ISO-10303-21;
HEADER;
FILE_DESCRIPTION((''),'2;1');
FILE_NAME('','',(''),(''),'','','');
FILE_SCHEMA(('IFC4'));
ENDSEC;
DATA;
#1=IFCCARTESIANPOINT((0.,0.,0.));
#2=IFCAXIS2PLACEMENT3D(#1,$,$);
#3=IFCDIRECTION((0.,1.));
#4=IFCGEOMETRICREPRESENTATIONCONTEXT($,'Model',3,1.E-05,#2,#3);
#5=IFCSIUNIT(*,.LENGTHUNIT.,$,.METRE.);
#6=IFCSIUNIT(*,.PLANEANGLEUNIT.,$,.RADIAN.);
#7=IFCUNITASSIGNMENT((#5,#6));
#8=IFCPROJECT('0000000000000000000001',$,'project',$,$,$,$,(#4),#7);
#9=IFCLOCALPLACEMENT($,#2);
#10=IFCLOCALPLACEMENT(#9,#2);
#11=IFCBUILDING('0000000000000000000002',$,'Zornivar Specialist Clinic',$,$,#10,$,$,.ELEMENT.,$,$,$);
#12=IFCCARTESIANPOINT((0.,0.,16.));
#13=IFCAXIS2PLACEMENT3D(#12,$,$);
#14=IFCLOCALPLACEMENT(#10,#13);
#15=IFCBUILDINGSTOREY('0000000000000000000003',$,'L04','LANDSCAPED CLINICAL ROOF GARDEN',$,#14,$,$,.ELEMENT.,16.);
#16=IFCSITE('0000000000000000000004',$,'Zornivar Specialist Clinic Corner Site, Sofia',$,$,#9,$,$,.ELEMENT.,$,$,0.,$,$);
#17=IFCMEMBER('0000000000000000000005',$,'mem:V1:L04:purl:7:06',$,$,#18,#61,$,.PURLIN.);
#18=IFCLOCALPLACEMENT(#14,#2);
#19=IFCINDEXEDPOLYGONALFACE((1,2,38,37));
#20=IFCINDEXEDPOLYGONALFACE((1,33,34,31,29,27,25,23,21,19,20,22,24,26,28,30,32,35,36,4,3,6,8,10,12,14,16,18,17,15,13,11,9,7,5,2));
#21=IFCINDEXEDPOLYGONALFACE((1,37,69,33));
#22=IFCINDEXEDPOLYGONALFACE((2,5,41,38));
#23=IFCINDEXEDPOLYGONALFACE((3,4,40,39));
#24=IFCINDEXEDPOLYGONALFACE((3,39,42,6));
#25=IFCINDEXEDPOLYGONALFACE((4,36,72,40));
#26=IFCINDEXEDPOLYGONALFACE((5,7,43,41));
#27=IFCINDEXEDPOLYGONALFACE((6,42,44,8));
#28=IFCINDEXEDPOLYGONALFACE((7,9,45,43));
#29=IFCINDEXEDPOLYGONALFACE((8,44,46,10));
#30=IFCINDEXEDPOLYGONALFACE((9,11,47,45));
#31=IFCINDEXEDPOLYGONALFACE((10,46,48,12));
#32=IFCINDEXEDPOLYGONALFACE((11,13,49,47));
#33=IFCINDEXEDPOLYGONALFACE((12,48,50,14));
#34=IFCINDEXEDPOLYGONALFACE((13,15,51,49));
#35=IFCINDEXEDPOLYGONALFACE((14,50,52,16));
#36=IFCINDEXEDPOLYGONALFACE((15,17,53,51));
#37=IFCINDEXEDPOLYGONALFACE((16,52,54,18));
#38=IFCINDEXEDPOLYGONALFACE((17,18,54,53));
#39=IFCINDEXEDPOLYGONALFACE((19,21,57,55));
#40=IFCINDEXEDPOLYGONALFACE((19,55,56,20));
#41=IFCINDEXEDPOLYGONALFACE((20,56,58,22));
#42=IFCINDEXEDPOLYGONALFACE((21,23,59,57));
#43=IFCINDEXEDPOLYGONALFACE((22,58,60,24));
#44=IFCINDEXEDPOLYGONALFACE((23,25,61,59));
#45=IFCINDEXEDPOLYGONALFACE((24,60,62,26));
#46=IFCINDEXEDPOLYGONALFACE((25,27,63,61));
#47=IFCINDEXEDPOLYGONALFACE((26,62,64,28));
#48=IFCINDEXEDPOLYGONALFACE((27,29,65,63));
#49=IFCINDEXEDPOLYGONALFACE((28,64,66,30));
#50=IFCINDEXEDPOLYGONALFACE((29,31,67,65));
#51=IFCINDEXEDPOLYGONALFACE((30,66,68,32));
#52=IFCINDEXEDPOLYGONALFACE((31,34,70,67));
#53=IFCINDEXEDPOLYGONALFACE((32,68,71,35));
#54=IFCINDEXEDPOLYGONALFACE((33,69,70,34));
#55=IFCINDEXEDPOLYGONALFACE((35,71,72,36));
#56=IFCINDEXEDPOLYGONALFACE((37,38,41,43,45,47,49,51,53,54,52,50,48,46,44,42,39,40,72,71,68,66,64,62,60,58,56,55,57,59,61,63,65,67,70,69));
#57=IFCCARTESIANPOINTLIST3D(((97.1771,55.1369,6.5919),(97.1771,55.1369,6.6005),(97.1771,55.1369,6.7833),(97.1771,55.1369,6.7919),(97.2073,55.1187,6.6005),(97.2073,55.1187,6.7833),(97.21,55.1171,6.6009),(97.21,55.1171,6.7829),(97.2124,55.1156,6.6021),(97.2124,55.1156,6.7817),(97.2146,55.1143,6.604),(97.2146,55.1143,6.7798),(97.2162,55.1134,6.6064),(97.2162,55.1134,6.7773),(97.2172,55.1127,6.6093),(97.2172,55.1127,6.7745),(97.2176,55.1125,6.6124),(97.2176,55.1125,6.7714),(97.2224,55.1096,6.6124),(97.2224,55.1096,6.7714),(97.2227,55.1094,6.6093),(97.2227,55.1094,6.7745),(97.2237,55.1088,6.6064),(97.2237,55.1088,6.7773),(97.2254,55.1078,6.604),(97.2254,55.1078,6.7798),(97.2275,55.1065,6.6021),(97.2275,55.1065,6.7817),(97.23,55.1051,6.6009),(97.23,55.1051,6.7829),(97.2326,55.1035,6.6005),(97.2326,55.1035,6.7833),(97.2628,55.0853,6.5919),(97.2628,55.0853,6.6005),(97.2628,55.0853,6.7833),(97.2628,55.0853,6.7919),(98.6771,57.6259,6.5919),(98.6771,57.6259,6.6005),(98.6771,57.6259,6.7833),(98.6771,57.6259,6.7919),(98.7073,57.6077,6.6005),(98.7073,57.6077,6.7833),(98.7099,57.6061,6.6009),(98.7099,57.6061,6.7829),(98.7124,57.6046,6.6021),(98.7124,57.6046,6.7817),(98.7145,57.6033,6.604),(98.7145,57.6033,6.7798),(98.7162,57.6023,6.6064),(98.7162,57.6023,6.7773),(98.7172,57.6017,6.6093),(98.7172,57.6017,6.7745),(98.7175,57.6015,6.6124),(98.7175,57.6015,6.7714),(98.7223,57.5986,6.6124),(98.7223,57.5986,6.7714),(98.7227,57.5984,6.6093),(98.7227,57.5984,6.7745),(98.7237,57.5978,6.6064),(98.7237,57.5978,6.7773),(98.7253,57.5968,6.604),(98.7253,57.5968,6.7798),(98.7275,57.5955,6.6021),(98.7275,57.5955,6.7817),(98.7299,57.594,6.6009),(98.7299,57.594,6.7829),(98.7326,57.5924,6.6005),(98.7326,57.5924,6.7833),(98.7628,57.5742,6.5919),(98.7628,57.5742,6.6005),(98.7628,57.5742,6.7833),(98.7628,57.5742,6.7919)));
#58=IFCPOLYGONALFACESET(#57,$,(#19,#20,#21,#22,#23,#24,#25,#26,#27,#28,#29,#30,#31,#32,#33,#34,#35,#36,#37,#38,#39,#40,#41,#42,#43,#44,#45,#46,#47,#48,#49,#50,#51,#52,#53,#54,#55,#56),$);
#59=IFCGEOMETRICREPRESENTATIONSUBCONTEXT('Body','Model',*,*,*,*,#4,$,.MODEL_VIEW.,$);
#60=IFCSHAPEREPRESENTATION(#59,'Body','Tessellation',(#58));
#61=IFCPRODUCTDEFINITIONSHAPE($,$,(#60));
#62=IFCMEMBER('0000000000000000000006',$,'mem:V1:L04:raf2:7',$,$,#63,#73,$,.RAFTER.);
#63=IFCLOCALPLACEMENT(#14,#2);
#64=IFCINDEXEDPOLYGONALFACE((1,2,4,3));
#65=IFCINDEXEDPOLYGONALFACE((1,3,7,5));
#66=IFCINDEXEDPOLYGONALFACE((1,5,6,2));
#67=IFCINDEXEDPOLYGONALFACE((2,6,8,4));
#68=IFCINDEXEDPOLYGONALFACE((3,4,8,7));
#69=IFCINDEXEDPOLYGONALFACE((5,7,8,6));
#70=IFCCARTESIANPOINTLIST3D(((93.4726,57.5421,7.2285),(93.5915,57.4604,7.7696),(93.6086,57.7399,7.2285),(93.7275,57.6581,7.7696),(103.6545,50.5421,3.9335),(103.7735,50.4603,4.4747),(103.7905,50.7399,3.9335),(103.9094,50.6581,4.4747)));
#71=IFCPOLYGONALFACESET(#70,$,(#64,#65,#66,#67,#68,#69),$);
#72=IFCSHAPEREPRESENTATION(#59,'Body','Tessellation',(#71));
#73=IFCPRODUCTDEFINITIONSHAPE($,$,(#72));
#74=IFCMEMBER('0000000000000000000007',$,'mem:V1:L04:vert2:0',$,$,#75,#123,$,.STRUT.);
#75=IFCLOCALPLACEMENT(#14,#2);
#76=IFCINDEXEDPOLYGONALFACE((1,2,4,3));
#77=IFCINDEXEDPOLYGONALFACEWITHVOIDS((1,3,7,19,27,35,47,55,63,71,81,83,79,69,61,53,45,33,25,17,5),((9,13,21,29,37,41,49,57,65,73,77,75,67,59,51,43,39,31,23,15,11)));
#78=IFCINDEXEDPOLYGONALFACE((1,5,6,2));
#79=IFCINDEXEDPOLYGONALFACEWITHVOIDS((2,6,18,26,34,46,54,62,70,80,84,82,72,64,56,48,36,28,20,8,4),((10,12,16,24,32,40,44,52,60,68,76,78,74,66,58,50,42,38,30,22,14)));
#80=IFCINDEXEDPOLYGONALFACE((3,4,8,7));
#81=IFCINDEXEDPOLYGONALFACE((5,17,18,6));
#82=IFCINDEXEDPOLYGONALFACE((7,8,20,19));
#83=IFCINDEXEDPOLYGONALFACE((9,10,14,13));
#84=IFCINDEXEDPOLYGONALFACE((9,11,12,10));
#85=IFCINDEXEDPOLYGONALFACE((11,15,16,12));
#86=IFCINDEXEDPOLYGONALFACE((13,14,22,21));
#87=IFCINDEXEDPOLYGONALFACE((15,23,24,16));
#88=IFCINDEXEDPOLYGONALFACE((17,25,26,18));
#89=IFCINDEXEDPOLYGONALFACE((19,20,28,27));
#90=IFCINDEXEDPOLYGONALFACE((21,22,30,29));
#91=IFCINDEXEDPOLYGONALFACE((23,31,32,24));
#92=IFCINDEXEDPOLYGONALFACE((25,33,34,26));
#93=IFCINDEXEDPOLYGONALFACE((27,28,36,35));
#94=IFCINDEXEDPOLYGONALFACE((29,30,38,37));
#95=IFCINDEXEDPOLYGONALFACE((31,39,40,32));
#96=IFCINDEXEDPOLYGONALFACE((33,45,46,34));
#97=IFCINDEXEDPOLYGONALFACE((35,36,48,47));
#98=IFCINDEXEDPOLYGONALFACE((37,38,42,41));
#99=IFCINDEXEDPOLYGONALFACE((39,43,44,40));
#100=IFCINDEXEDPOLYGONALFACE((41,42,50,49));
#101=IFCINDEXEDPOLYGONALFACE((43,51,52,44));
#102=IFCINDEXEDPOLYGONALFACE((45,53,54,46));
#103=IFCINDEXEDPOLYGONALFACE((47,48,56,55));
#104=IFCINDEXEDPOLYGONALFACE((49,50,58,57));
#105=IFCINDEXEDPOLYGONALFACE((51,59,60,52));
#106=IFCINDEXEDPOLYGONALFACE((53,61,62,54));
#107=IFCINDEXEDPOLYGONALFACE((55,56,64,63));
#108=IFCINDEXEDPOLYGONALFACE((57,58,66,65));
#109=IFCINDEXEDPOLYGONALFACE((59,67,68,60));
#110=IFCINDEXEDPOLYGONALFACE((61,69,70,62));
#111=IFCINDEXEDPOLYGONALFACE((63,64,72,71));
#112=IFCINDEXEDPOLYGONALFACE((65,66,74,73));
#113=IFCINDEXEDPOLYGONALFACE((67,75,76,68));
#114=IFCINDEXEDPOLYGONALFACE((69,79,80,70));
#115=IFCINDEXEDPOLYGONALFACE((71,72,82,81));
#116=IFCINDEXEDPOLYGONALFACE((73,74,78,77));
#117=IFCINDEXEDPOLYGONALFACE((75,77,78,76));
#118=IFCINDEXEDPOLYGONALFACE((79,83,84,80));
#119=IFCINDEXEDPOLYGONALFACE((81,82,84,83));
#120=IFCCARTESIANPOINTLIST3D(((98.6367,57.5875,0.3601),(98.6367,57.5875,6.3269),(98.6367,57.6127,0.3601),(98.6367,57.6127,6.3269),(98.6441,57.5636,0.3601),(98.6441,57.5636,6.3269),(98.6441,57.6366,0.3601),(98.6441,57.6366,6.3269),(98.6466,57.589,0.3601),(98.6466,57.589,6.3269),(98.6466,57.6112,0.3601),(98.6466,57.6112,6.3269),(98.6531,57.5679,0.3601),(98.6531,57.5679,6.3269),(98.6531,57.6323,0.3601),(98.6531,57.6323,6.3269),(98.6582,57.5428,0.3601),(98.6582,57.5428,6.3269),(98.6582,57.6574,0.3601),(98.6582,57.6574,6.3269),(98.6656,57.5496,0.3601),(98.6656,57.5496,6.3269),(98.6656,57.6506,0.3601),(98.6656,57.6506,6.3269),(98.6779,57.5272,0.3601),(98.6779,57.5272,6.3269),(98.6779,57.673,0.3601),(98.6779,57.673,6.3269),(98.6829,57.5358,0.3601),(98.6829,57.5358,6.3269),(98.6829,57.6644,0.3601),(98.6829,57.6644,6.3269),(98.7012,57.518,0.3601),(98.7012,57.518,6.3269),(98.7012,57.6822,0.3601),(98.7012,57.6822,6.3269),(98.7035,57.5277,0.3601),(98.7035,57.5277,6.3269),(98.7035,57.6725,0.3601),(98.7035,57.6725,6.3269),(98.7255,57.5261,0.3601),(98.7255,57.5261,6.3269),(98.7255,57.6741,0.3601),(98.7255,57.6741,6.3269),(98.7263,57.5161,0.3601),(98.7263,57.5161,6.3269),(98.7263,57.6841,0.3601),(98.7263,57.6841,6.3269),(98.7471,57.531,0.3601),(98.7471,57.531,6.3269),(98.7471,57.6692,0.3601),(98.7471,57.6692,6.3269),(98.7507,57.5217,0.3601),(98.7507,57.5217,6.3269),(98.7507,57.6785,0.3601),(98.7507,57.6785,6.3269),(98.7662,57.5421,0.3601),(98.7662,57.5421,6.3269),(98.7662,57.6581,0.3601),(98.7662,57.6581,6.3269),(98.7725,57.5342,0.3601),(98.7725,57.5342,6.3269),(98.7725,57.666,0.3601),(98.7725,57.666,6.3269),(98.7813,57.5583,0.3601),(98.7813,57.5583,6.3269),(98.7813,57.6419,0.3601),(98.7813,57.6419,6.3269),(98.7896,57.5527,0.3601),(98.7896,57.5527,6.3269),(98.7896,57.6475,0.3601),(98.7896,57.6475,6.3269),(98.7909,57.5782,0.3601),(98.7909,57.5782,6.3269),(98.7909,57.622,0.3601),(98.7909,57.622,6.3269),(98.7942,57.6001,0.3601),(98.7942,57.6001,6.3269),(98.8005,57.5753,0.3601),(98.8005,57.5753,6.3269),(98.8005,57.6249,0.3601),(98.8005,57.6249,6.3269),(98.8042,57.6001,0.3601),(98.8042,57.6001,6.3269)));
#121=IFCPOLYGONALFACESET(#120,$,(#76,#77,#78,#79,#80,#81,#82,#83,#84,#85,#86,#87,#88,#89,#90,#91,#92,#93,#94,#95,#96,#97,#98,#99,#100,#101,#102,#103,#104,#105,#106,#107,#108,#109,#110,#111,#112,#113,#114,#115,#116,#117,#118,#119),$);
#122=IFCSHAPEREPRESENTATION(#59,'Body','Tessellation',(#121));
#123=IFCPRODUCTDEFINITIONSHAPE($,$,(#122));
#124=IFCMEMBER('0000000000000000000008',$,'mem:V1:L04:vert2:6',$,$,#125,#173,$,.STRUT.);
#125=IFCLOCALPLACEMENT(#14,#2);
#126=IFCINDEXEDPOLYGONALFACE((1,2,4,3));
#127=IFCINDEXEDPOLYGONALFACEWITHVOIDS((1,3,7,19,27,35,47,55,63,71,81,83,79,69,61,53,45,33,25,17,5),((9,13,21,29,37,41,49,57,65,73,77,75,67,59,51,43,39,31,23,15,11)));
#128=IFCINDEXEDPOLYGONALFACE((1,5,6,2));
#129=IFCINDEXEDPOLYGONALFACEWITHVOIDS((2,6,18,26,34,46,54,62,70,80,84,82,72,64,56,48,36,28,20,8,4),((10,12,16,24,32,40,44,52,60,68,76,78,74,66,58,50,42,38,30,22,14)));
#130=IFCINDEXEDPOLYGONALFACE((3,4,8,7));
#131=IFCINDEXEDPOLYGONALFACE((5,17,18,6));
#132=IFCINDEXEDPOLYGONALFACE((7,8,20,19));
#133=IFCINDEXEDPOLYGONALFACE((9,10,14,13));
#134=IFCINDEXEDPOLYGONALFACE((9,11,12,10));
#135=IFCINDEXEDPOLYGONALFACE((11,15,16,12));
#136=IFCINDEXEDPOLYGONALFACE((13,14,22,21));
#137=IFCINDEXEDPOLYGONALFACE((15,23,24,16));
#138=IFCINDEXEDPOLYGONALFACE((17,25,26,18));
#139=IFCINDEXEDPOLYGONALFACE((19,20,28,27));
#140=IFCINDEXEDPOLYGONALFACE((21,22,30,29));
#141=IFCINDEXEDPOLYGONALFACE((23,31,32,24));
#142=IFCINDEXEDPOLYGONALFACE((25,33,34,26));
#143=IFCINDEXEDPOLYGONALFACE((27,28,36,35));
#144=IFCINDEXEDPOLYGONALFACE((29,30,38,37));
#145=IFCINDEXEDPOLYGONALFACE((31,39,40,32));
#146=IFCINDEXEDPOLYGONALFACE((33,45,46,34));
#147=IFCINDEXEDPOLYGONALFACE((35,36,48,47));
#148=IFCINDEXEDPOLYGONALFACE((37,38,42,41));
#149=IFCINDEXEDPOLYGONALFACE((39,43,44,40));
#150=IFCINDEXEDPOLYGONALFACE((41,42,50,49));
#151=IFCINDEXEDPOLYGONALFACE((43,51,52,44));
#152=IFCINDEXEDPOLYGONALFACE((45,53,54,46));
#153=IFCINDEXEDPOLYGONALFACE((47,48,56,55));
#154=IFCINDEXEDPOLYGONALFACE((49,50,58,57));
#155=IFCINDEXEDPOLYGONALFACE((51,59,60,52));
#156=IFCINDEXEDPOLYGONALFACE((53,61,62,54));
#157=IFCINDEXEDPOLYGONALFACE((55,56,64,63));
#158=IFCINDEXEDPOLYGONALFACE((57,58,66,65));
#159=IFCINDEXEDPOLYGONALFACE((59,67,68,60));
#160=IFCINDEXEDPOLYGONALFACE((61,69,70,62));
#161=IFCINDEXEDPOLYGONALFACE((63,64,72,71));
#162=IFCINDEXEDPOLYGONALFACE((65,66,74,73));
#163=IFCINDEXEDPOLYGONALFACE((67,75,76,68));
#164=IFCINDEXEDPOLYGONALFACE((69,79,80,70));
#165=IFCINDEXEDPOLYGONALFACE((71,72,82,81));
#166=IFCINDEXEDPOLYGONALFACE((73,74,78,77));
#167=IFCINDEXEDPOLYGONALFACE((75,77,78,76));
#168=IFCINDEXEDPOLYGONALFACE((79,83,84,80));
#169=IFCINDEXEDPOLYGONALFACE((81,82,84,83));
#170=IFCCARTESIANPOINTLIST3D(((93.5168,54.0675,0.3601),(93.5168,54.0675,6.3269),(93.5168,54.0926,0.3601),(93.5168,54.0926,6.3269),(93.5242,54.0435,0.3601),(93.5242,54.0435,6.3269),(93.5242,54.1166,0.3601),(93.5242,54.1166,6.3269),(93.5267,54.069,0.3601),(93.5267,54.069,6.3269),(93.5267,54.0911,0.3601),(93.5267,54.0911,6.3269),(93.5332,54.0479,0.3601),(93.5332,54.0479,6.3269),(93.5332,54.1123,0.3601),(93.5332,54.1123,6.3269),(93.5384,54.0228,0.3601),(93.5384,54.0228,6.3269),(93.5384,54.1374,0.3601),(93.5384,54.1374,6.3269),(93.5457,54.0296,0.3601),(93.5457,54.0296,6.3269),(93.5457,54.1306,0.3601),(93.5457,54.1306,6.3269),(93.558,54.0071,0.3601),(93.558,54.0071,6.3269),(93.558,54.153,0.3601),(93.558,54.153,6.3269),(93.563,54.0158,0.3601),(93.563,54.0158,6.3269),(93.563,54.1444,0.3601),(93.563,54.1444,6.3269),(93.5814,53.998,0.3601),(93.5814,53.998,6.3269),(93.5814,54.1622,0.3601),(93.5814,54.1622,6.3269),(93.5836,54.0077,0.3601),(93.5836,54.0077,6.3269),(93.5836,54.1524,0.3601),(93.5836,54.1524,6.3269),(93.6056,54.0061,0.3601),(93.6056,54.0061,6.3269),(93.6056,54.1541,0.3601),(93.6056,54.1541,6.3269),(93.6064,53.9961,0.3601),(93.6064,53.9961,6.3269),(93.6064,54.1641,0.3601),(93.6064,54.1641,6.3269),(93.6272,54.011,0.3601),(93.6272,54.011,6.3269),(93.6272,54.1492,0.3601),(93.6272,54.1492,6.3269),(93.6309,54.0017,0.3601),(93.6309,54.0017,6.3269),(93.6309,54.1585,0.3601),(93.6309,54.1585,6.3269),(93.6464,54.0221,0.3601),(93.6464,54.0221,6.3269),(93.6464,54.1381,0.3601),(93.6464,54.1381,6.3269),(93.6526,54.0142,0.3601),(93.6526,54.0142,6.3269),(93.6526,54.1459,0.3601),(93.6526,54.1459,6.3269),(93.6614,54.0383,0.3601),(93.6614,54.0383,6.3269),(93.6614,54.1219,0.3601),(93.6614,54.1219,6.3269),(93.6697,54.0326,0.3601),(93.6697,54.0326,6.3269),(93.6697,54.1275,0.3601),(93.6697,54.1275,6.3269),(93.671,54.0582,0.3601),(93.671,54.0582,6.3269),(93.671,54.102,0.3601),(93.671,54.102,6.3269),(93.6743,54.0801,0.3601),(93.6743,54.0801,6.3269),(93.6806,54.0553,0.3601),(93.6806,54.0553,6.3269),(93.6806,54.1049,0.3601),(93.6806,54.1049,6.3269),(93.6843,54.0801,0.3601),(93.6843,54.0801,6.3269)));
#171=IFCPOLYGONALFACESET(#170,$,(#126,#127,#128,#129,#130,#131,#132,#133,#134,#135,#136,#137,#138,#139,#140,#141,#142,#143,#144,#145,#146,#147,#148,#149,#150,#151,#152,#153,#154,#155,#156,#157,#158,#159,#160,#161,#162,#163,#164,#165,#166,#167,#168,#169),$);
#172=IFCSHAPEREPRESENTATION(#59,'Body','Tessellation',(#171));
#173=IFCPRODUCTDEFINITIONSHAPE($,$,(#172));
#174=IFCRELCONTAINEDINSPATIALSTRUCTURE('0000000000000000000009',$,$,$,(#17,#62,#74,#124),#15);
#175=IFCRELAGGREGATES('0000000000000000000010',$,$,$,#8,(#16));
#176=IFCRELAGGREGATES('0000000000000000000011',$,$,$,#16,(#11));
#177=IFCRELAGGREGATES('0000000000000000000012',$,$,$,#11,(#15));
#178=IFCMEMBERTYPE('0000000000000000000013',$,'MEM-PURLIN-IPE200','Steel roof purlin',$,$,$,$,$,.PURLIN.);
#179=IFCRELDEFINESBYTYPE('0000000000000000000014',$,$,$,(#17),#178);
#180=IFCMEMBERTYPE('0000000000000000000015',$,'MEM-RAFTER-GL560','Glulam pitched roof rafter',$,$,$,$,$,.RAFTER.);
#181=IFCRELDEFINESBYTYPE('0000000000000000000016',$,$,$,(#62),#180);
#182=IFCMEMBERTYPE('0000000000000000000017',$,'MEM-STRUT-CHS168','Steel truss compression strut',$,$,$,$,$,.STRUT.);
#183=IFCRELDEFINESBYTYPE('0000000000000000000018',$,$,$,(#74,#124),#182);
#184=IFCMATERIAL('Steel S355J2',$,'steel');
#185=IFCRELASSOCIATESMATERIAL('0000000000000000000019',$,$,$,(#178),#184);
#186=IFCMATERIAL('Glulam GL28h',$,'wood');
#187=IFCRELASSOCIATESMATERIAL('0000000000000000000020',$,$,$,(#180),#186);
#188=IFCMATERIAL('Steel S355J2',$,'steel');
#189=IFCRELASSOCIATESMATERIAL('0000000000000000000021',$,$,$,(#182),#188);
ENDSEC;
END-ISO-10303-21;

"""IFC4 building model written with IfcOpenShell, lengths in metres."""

from ifc_helpers import new_model, si_unit, direction, frame, origin, origin_2d, place, context, subcontext, project, spatial, rectangle, hollow_circle, i_section, extrude, material, material_profile, profile_set, type_object, element, save


model = new_model("IFC4")

# Units and contexts
model_context = context("Model", 3, precision=1e-05, world=origin(), true_north=direction((0.0, 1.0)))
body_context = subcontext(model_context, "Body", "Model", "MODEL_VIEW")
ifc_project = project(units=[si_unit("LENGTHUNIT", "METRE"), si_unit("PLANEANGLEUNIT", "RADIAN")], contexts=[model_context])

# Site, building, storey
site_placement = place(None, origin())
site = spatial("IfcSite", under=ifc_project, at=site_placement, Name="Zornivar Specialist Clinic Corner Site, Sofia", CompositionType="ELEMENT", RefElevation=0.0)
building_placement = place(site_placement, origin())
building = spatial("IfcBuilding", under=site, at=building_placement, Name="Zornivar Specialist Clinic", CompositionType="ELEMENT")
storey_placement = place(building_placement, frame((0.0, 0.0, 16.0)))
storey = spatial("IfcBuildingStorey", under=building, at=storey_placement, Name="L04", Description="LANDSCAPED CLINICAL ROOF GARDEN", CompositionType="ELEMENT", Elevation=16.0)

# Members
ifc_material_1 = material(Name="Steel S355J2", Category="steel")
ifc_material_profile_1 = material_profile(ifc_material_1, i_section(OverallWidth=0.1001, OverallDepth=0.2, WebThickness=0.0056, FlangeThickness=0.0085, FilletRadius=0.012, at=origin_2d()), Name="IPE 200")
ifc_profile_set_1 = profile_set([ifc_material_profile_1], Name="Steel S355J2")
member_type_1 = type_object("IfcMemberType", Name="MEM-PURLIN-IPE200", Description="Steel roof purlin", PredefinedType="PURLIN", material=ifc_profile_set_1)
member_1_placement = place(storey_placement, frame((97.22, 55.1111, 6.6919), z_axis=(0.516163, 0.856491, 0.0), x_axis=(-0.856491, 0.516163, 0.0)))
element("IfcMember", 1, at=member_1_placement, inside=storey, type_object=member_type_1, Name="mem:V1:L04:purl:7:06", PredefinedType="PURLIN", context=body_context, shape_type="SweptSolid", body=[
    extrude(i_section(OverallWidth=0.1001, OverallDepth=0.2, WebThickness=0.0056, FlangeThickness=0.0085, FilletRadius=0.012, at=origin_2d()), origin(), (0.0, 0.0, 1.0), 2.906),
])
ifc_material_2 = material(Name="Glulam GL28h", Category="wood")
ifc_material_profile_2 = material_profile(ifc_material_2, rectangle(XDim=0.24, YDim=0.5601, at=origin_2d()), Name="GL28h 240x560")
ifc_profile_set_2 = profile_set([ifc_material_profile_2], Name="Glulam GL28h")
member_type_2 = type_object("IfcMemberType", Name="MEM-RAFTER-GL560", Description="Glulam pitched roof rafter", PredefinedType="RAFTER", material=ifc_profile_set_2)
member_2_placement = place(storey_placement, frame((103.782, 50.6001, 4.2041), z_axis=(-0.79622, 0.547398, 0.257662), x_axis=(-0.566526, -0.824044, 0.0)))
element("IfcMember", 2, at=member_2_placement, inside=storey, type_object=member_type_2, Name="mem:V1:L04:raf2:7", PredefinedType="RAFTER", context=body_context, shape_type="SweptSolid", body=[
    extrude(rectangle(XDim=0.24, YDim=0.5601, at=origin_2d()), origin(), (0.0, 0.0, 1.0), 12.7878),
])
ifc_material_3 = material(Name="Steel S355J2", Category="steel")
ifc_material_profile_3 = material_profile(ifc_material_3, hollow_circle(Radius=0.0842, WallThickness=0.01, at=origin_2d()), Name="CHS 168.3x10")
ifc_profile_set_3 = profile_set([ifc_material_profile_3], Name="Steel S355J2")
member_type_3 = type_object("IfcMemberType", Name="MEM-STRUT-CHS168", Description="Steel truss compression strut", PredefinedType="STRUT", material=ifc_profile_set_3)
for number, where, z_axis, x_axis, name in (
    (3, (98.72, 57.6001, 0.3601), (0.0, 0.0, 1.0), (1.0, 0.0, 0.0), "mem:V1:L04:vert2:0"),
    (4, (93.6001, 54.0801, 0.3601), (0.0, 0.0, 1.0), (1.0, 0.0, 0.0), "mem:V1:L04:vert2:6"),
):
    element("IfcMember", number, at=place(storey_placement, frame(where, z_axis=z_axis, x_axis=x_axis)), inside=storey, type_object=member_type_3, Name=name, PredefinedType="STRUT", context=body_context, shape_type="SweptSolid", body=[
        extrude(hollow_circle(Radius=0.0842, WallThickness=0.01, at=origin_2d()), origin(), (0.0, 0.0, 1.0), 5.9668),
    ])

save(model, "model.ifc")
